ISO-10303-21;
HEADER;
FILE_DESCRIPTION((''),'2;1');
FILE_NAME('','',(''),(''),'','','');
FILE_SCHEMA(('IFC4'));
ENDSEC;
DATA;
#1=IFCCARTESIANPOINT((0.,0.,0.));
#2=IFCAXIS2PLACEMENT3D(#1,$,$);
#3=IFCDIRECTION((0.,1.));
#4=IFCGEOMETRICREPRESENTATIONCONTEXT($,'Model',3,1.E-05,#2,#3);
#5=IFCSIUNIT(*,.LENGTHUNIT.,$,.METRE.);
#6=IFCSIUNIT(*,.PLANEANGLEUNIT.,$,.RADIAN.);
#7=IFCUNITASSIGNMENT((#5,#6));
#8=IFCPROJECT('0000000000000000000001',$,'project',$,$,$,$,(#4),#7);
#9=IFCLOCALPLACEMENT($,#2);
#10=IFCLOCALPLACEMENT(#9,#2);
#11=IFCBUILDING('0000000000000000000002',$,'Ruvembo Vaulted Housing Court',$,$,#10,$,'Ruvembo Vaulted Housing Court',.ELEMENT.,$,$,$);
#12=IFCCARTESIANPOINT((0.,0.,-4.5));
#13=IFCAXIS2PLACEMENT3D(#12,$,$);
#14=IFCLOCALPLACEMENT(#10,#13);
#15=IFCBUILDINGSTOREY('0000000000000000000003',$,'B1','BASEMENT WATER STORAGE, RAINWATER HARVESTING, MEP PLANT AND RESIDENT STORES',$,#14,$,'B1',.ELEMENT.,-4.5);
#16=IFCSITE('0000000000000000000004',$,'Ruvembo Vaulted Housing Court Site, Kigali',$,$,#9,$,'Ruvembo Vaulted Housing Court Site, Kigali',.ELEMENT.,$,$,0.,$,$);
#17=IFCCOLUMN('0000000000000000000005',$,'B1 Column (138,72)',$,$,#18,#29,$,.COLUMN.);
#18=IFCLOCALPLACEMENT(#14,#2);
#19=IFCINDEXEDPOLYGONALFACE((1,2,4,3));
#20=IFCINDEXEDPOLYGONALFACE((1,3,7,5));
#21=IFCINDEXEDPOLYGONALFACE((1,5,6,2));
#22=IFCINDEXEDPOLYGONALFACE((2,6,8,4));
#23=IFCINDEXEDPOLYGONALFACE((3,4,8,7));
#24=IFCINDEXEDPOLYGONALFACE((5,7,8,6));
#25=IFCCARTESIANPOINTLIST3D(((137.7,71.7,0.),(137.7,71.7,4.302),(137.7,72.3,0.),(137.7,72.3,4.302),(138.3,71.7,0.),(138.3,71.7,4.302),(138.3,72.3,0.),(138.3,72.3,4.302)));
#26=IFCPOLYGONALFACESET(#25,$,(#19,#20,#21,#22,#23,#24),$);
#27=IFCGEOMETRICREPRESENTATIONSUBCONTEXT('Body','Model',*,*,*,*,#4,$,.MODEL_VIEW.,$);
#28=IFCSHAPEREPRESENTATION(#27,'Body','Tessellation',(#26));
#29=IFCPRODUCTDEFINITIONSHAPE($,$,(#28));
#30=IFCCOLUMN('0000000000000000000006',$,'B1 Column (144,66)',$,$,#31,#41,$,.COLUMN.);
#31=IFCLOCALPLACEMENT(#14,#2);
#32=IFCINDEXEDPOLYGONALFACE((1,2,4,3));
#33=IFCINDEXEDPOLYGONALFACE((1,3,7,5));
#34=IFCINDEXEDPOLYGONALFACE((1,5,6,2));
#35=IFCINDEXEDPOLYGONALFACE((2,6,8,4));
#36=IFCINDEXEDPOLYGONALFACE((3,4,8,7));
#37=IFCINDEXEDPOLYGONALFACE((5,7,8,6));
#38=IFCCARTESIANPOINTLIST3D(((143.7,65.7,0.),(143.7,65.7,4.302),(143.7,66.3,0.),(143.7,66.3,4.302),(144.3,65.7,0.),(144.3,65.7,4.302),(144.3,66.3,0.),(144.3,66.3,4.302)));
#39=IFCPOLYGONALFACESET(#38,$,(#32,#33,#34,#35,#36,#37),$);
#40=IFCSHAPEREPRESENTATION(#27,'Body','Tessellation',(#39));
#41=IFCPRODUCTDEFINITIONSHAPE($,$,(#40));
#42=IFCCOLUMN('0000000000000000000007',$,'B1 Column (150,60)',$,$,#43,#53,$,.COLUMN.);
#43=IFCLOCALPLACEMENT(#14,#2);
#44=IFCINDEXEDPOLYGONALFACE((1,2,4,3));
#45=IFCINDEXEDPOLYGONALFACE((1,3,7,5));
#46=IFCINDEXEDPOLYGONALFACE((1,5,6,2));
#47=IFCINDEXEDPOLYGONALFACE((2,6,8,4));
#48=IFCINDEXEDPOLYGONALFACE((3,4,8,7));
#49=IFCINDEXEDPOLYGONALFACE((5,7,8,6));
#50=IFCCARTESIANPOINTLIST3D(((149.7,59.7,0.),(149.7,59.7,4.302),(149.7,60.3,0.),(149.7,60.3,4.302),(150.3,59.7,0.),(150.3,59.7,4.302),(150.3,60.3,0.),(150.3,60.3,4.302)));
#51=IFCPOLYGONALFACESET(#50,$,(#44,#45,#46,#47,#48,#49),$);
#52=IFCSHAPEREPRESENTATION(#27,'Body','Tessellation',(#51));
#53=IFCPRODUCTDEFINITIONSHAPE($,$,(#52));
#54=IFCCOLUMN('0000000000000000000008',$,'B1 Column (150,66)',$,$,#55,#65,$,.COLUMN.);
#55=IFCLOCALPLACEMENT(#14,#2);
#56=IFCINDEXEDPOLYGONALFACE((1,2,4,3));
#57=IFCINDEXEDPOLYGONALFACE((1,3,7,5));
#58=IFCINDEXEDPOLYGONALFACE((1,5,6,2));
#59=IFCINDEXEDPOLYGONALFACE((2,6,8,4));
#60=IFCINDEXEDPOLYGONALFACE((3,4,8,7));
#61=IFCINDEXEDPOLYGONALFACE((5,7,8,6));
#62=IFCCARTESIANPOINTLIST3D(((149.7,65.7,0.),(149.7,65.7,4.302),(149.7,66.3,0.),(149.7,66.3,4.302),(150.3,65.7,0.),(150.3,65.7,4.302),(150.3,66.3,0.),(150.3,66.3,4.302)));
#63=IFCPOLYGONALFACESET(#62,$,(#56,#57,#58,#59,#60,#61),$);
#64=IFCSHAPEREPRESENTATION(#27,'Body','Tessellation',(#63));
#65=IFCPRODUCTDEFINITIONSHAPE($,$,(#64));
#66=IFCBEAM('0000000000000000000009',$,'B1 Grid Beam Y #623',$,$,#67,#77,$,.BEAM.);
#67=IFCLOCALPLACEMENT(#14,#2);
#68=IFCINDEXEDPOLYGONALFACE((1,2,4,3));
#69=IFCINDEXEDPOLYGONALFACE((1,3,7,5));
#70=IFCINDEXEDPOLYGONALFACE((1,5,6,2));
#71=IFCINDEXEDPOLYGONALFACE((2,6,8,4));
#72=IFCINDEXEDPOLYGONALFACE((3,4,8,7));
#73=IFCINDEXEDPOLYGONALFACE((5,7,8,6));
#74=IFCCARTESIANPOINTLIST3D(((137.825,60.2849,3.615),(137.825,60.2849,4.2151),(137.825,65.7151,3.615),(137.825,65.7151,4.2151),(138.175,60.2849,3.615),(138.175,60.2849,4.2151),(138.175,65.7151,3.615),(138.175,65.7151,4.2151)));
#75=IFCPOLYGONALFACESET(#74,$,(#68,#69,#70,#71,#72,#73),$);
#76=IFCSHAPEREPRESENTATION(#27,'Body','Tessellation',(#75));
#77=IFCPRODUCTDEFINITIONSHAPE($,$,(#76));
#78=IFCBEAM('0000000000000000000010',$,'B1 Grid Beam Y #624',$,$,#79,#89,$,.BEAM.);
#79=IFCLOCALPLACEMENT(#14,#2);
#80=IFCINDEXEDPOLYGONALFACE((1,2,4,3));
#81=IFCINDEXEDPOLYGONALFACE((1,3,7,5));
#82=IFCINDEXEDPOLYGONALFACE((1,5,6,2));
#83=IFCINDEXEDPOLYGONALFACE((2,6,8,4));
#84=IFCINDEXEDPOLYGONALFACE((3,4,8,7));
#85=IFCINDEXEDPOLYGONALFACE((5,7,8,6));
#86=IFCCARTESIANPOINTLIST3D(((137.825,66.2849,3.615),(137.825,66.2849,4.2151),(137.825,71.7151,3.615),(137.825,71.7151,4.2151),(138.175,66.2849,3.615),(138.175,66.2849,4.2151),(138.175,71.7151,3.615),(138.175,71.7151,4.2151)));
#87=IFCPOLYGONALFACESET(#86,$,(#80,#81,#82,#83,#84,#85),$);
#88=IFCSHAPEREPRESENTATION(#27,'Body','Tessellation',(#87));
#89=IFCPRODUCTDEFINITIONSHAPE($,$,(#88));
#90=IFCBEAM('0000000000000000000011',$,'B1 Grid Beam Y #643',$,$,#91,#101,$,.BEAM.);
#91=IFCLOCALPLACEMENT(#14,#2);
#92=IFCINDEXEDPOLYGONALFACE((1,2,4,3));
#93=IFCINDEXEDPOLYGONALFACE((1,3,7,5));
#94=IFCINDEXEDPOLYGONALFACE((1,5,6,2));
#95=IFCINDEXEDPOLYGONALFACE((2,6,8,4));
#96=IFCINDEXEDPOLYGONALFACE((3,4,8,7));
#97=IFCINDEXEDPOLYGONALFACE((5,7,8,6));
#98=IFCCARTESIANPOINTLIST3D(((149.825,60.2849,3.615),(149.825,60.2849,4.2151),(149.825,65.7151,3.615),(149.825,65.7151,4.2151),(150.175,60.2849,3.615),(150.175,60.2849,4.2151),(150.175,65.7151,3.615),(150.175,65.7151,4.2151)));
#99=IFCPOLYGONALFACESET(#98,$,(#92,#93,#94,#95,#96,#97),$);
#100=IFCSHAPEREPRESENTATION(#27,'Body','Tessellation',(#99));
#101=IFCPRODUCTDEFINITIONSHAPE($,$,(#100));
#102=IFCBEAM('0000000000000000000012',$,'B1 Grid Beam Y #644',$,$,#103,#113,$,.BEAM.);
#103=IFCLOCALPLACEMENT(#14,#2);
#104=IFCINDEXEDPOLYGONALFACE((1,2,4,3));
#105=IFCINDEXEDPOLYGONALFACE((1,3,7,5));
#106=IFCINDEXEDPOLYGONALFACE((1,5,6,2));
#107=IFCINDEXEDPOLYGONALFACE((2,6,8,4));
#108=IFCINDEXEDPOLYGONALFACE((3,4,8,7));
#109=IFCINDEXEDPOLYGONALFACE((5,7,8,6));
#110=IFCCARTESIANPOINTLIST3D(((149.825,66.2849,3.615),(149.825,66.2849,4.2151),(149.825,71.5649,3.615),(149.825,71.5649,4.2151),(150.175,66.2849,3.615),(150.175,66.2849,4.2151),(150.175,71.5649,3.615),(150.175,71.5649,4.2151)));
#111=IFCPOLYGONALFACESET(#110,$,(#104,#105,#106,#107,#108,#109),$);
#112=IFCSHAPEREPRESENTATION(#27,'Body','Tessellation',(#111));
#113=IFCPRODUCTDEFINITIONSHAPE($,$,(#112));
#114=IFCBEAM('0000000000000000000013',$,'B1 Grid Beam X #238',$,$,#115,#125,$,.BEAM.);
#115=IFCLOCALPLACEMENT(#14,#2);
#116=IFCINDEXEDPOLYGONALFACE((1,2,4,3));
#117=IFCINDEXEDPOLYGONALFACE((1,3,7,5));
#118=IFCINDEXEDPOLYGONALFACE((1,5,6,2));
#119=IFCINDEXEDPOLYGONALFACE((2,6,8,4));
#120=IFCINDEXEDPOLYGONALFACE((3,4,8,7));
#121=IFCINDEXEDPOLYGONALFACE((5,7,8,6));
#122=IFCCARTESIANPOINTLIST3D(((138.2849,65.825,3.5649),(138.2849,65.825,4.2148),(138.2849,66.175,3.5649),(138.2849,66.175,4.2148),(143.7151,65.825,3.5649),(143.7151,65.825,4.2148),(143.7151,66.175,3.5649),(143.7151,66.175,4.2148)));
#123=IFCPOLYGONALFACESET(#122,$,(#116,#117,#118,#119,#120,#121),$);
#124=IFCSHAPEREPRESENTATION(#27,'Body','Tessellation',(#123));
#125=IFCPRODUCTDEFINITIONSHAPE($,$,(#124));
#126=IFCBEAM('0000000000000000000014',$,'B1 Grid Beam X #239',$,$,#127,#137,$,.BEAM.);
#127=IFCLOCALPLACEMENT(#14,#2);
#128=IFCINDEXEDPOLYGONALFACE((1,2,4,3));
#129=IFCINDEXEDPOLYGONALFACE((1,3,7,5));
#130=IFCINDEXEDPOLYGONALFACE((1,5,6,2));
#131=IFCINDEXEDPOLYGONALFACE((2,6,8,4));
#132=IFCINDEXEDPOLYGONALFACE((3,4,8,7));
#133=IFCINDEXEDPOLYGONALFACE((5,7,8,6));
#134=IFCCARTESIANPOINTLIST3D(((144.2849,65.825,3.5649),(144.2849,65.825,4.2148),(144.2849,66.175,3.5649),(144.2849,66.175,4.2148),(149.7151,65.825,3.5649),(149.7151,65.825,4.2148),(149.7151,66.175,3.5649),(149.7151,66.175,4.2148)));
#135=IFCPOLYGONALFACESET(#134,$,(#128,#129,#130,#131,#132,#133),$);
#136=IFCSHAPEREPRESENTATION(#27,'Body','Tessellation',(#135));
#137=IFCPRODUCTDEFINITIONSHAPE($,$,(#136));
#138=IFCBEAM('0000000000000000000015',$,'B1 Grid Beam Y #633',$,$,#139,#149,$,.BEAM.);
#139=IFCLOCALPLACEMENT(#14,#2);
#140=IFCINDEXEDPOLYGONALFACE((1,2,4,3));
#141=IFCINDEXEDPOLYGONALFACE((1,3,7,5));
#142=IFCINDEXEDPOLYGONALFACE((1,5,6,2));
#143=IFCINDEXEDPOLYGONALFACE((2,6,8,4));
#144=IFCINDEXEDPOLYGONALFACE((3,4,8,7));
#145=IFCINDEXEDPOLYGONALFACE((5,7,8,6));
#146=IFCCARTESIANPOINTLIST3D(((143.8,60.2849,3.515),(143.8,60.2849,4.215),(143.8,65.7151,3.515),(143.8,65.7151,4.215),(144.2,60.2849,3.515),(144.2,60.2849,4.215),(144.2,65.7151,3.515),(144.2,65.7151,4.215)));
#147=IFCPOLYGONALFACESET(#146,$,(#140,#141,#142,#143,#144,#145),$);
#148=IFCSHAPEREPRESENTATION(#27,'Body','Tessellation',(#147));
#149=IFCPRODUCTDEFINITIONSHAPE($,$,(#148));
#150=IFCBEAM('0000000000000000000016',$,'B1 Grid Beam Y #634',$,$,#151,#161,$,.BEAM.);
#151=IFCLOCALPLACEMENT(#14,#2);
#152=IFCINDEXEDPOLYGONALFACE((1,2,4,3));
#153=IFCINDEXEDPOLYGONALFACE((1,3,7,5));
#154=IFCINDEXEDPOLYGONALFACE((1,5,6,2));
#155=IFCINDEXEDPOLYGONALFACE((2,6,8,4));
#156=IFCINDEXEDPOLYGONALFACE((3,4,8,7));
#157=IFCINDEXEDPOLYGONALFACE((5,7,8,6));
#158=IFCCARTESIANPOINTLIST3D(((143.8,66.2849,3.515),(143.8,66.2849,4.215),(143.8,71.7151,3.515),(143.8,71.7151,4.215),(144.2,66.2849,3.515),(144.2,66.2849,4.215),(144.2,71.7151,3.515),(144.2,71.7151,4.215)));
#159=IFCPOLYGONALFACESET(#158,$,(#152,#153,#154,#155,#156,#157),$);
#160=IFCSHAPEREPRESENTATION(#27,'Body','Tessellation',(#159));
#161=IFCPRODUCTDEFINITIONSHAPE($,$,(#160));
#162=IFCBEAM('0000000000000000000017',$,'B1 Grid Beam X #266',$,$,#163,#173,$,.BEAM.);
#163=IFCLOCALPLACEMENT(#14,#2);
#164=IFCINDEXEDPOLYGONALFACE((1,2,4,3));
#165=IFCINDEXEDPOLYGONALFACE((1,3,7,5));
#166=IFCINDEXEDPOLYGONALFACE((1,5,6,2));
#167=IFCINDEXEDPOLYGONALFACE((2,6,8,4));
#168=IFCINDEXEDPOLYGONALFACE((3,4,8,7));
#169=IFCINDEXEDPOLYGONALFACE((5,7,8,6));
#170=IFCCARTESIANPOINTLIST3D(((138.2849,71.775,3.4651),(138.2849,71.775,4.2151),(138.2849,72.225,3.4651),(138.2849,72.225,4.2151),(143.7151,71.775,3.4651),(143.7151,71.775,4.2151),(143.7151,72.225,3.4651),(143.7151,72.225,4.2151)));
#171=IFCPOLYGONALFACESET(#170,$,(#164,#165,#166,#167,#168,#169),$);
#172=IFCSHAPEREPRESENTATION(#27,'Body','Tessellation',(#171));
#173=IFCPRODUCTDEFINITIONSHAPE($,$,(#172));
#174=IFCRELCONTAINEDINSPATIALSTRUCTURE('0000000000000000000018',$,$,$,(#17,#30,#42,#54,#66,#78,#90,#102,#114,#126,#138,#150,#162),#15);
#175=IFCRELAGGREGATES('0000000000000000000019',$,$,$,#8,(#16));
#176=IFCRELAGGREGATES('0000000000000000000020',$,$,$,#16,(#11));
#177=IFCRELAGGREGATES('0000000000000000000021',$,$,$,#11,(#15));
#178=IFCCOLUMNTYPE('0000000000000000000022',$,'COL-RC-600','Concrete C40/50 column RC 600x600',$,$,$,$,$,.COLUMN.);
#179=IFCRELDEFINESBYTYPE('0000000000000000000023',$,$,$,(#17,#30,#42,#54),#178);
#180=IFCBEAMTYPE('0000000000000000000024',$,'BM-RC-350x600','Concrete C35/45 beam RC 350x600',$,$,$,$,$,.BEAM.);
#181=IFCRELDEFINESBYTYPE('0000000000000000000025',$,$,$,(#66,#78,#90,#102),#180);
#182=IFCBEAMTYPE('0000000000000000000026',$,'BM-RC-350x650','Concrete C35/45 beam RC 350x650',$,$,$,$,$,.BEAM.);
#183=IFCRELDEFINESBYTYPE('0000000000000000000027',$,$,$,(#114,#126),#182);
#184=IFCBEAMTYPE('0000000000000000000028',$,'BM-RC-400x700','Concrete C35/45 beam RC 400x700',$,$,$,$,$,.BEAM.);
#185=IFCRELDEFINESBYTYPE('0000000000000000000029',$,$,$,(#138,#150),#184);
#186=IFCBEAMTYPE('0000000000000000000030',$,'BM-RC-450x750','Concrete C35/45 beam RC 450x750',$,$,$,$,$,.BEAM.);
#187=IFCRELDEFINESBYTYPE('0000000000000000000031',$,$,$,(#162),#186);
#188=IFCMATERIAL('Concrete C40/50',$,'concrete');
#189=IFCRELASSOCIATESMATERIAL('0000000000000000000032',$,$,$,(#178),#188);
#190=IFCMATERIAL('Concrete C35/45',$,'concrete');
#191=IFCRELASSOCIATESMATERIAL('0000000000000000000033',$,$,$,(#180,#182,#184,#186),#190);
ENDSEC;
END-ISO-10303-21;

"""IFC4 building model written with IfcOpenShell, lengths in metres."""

from ifc_helpers import new_model, si_unit, direction, frame, origin, origin_2d, place, context, subcontext, project, spatial, rectangle, extrude, material, material_profile, profile_set, type_object, element, save


model = new_model("IFC4")

# Units and contexts
model_context = context("Model", 3, precision=1e-05, world=origin(), true_north=direction((0.0, 1.0)))
body_context = subcontext(model_context, "Body", "Model", "MODEL_VIEW")
ifc_project = project(units=[si_unit("LENGTHUNIT", "METRE"), si_unit("PLANEANGLEUNIT", "RADIAN")], contexts=[model_context])

# Site, building, storey
site_placement = place(None, origin())
site = spatial("IfcSite", under=ifc_project, at=site_placement, Name="Ruvembo Vaulted Housing Court Site, Kigali", LongName="Ruvembo Vaulted Housing Court Site, Kigali", CompositionType="ELEMENT", RefElevation=0.0)
building_placement = place(site_placement, origin())
building = spatial("IfcBuilding", under=site, at=building_placement, Name="Ruvembo Vaulted Housing Court", LongName="Ruvembo Vaulted Housing Court", CompositionType="ELEMENT")
storey_placement = place(building_placement, frame((0.0, 0.0, -4.5)))
storey = spatial("IfcBuildingStorey", under=building, at=storey_placement, Name="B1", Description="BASEMENT WATER STORAGE, RAINWATER HARVESTING, MEP PLANT AND RESIDENT STORES", LongName="B1", CompositionType="ELEMENT", Elevation=-4.5)

# Shared definitions
ifc_material_1 = material(Name="Concrete C35/45", Category="concrete")

# Columns
ifc_material_2 = material(Name="Concrete C40/50", Category="concrete")
ifc_material_profile_1 = material_profile(ifc_material_2, rectangle(XDim=0.6001, YDim=0.6001, at=origin_2d()), Name="RC 600x600")
ifc_profile_set_1 = profile_set([ifc_material_profile_1], Name="Concrete C40/50")
column_type = type_object("IfcColumnType", Name="COL-RC-600", Description="Concrete C40/50 column RC 600x600", PredefinedType="COLUMN", material=ifc_profile_set_1)
for number, where, z_axis, x_axis, name in (
    (1, (138.0, 72.0, 0.0), (0.0, 0.0, 1.0), (1.0, 0.0, 0.0), "B1 Column (138,72)"),
    (2, (144.0, 66.0, 0.0), (0.0, 0.0, 1.0), (1.0, 0.0, 0.0), "B1 Column (144,66)"),
    (3, (150.0, 60.0, 0.0), (0.0, 0.0, 1.0), (1.0, 0.0, 0.0), "B1 Column (150,60)"),
    (4, (150.0, 66.0, 0.0), (0.0, 0.0, 1.0), (1.0, 0.0, 0.0), "B1 Column (150,66)"),
):
    element("IfcColumn", number, at=place(storey_placement, frame(where, z_axis=z_axis, x_axis=x_axis)), inside=storey, type_object=column_type, Name=name, PredefinedType="COLUMN", context=body_context, shape_type="SweptSolid", body=[
        extrude(rectangle(XDim=0.6001, YDim=0.6001, at=origin_2d()), origin(), (0.0, 0.0, 1.0), 4.302),
    ])

# Beams
ifc_material_profile_2 = material_profile(ifc_material_1, rectangle(XDim=0.3501, YDim=0.6001, at=origin_2d()), Name="RC 350x600")
ifc_profile_set_2 = profile_set([ifc_material_profile_2], Name="Concrete C35/45")
beam_type_1 = type_object("IfcBeamType", Name="BM-RC-350x600", Description="Concrete C35/45 beam RC 350x600", PredefinedType="BEAM", material=ifc_profile_set_2)
for number, where, z_axis, x_axis, name in (
    (5, (138.0, 60.2849, 3.915), (0.0, 1.0, 0.0), (-1.0, 0.0, 0.0), "B1 Grid Beam Y #623"),
    (6, (138.0, 66.2849, 3.915), (0.0, 1.0, 0.0), (-1.0, 0.0, 0.0), "B1 Grid Beam Y #624"),
    (7, (150.0, 60.2849, 3.915), (0.0, 1.0, 0.0), (-1.0, 0.0, 0.0), "B1 Grid Beam Y #643"),
):
    element("IfcBeam", number, at=place(storey_placement, frame(where, z_axis=z_axis, x_axis=x_axis)), inside=storey, type_object=beam_type_1, Name=name, PredefinedType="BEAM", context=body_context, shape_type="SweptSolid", body=[
        extrude(rectangle(XDim=0.3501, YDim=0.6001, at=origin_2d()), origin(), (0.0, 0.0, 1.0), 5.4302),
    ])
beam_1_placement = place(storey_placement, frame((150.0, 66.2849, 3.915), z_axis=(0.0, 1.0, 0.0), x_axis=(-1.0, 0.0, 0.0)))
element("IfcBeam", 8, at=beam_1_placement, inside=storey, type_object=beam_type_1, Name="B1 Grid Beam Y #644", PredefinedType="BEAM", context=body_context, shape_type="SweptSolid", body=[
    extrude(rectangle(XDim=0.3501, YDim=0.6001, at=origin_2d()), origin(), (0.0, 0.0, 1.0), 5.28),
])
ifc_material_profile_3 = material_profile(ifc_material_1, rectangle(XDim=0.3501, YDim=0.6499, at=origin_2d()), Name="RC 350x650")
ifc_profile_set_3 = profile_set([ifc_material_profile_3], Name="Concrete C35/45")
beam_type_2 = type_object("IfcBeamType", Name="BM-RC-350x650", Description="Concrete C35/45 beam RC 350x650", PredefinedType="BEAM", material=ifc_profile_set_3)
for number, where, z_axis, x_axis, name in (
    (9, (138.2849, 66.0, 3.8899), (1.0, 0.0, 0.0), (0.0, 1.0, 0.0), "B1 Grid Beam X #238"),
    (10, (144.2849, 66.0, 3.8899), (1.0, 0.0, 0.0), (0.0, 1.0, 0.0), "B1 Grid Beam X #239"),
):
    element("IfcBeam", number, at=place(storey_placement, frame(where, z_axis=z_axis, x_axis=x_axis)), inside=storey, type_object=beam_type_2, Name=name, PredefinedType="BEAM", context=body_context, shape_type="SweptSolid", body=[
        extrude(rectangle(XDim=0.3501, YDim=0.6499, at=origin_2d()), origin(), (0.0, 0.0, 1.0), 5.4302),
    ])
ifc_material_profile_4 = material_profile(ifc_material_1, rectangle(XDim=0.3999, YDim=0.7, at=origin_2d()), Name="RC 400x700")
ifc_profile_set_4 = profile_set([ifc_material_profile_4], Name="Concrete C35/45")
beam_type_3 = type_object("IfcBeamType", Name="BM-RC-400x700", Description="Concrete C35/45 beam RC 400x700", PredefinedType="BEAM", material=ifc_profile_set_4)
for number, where, z_axis, x_axis, name in (
    (11, (144.0, 60.2849, 3.865), (0.0, 1.0, 0.0), (-1.0, 0.0, 0.0), "B1 Grid Beam Y #633"),
    (12, (144.0, 66.2849, 3.865), (0.0, 1.0, 0.0), (-1.0, 0.0, 0.0), "B1 Grid Beam Y #634"),
):
    element("IfcBeam", number, at=place(storey_placement, frame(where, z_axis=z_axis, x_axis=x_axis)), inside=storey, type_object=beam_type_3, Name=name, PredefinedType="BEAM", context=body_context, shape_type="SweptSolid", body=[
        extrude(rectangle(XDim=0.3999, YDim=0.7, at=origin_2d()), origin(), (0.0, 0.0, 1.0), 5.4302),
    ])
ifc_material_profile_5 = material_profile(ifc_material_1, rectangle(XDim=0.45, YDim=0.75, at=origin_2d()), Name="RC 450x750")
ifc_profile_set_5 = profile_set([ifc_material_profile_5], Name="Concrete C35/45")
beam_type_4 = type_object("IfcBeamType", Name="BM-RC-450x750", Description="Concrete C35/45 beam RC 450x750", PredefinedType="BEAM", material=ifc_profile_set_5)
beam_2_placement = place(storey_placement, frame((138.2849, 72.0, 3.8401), z_axis=(1.0, 0.0, 0.0), x_axis=(0.0, 1.0, 0.0)))
element("IfcBeam", 13, at=beam_2_placement, inside=storey, type_object=beam_type_4, Name="B1 Grid Beam X #266", PredefinedType="BEAM", context=body_context, shape_type="SweptSolid", body=[
    extrude(rectangle(XDim=0.45, YDim=0.75, at=origin_2d()), origin(), (0.0, 0.0, 1.0), 5.4302),
])

save(model, "model.ifc")
